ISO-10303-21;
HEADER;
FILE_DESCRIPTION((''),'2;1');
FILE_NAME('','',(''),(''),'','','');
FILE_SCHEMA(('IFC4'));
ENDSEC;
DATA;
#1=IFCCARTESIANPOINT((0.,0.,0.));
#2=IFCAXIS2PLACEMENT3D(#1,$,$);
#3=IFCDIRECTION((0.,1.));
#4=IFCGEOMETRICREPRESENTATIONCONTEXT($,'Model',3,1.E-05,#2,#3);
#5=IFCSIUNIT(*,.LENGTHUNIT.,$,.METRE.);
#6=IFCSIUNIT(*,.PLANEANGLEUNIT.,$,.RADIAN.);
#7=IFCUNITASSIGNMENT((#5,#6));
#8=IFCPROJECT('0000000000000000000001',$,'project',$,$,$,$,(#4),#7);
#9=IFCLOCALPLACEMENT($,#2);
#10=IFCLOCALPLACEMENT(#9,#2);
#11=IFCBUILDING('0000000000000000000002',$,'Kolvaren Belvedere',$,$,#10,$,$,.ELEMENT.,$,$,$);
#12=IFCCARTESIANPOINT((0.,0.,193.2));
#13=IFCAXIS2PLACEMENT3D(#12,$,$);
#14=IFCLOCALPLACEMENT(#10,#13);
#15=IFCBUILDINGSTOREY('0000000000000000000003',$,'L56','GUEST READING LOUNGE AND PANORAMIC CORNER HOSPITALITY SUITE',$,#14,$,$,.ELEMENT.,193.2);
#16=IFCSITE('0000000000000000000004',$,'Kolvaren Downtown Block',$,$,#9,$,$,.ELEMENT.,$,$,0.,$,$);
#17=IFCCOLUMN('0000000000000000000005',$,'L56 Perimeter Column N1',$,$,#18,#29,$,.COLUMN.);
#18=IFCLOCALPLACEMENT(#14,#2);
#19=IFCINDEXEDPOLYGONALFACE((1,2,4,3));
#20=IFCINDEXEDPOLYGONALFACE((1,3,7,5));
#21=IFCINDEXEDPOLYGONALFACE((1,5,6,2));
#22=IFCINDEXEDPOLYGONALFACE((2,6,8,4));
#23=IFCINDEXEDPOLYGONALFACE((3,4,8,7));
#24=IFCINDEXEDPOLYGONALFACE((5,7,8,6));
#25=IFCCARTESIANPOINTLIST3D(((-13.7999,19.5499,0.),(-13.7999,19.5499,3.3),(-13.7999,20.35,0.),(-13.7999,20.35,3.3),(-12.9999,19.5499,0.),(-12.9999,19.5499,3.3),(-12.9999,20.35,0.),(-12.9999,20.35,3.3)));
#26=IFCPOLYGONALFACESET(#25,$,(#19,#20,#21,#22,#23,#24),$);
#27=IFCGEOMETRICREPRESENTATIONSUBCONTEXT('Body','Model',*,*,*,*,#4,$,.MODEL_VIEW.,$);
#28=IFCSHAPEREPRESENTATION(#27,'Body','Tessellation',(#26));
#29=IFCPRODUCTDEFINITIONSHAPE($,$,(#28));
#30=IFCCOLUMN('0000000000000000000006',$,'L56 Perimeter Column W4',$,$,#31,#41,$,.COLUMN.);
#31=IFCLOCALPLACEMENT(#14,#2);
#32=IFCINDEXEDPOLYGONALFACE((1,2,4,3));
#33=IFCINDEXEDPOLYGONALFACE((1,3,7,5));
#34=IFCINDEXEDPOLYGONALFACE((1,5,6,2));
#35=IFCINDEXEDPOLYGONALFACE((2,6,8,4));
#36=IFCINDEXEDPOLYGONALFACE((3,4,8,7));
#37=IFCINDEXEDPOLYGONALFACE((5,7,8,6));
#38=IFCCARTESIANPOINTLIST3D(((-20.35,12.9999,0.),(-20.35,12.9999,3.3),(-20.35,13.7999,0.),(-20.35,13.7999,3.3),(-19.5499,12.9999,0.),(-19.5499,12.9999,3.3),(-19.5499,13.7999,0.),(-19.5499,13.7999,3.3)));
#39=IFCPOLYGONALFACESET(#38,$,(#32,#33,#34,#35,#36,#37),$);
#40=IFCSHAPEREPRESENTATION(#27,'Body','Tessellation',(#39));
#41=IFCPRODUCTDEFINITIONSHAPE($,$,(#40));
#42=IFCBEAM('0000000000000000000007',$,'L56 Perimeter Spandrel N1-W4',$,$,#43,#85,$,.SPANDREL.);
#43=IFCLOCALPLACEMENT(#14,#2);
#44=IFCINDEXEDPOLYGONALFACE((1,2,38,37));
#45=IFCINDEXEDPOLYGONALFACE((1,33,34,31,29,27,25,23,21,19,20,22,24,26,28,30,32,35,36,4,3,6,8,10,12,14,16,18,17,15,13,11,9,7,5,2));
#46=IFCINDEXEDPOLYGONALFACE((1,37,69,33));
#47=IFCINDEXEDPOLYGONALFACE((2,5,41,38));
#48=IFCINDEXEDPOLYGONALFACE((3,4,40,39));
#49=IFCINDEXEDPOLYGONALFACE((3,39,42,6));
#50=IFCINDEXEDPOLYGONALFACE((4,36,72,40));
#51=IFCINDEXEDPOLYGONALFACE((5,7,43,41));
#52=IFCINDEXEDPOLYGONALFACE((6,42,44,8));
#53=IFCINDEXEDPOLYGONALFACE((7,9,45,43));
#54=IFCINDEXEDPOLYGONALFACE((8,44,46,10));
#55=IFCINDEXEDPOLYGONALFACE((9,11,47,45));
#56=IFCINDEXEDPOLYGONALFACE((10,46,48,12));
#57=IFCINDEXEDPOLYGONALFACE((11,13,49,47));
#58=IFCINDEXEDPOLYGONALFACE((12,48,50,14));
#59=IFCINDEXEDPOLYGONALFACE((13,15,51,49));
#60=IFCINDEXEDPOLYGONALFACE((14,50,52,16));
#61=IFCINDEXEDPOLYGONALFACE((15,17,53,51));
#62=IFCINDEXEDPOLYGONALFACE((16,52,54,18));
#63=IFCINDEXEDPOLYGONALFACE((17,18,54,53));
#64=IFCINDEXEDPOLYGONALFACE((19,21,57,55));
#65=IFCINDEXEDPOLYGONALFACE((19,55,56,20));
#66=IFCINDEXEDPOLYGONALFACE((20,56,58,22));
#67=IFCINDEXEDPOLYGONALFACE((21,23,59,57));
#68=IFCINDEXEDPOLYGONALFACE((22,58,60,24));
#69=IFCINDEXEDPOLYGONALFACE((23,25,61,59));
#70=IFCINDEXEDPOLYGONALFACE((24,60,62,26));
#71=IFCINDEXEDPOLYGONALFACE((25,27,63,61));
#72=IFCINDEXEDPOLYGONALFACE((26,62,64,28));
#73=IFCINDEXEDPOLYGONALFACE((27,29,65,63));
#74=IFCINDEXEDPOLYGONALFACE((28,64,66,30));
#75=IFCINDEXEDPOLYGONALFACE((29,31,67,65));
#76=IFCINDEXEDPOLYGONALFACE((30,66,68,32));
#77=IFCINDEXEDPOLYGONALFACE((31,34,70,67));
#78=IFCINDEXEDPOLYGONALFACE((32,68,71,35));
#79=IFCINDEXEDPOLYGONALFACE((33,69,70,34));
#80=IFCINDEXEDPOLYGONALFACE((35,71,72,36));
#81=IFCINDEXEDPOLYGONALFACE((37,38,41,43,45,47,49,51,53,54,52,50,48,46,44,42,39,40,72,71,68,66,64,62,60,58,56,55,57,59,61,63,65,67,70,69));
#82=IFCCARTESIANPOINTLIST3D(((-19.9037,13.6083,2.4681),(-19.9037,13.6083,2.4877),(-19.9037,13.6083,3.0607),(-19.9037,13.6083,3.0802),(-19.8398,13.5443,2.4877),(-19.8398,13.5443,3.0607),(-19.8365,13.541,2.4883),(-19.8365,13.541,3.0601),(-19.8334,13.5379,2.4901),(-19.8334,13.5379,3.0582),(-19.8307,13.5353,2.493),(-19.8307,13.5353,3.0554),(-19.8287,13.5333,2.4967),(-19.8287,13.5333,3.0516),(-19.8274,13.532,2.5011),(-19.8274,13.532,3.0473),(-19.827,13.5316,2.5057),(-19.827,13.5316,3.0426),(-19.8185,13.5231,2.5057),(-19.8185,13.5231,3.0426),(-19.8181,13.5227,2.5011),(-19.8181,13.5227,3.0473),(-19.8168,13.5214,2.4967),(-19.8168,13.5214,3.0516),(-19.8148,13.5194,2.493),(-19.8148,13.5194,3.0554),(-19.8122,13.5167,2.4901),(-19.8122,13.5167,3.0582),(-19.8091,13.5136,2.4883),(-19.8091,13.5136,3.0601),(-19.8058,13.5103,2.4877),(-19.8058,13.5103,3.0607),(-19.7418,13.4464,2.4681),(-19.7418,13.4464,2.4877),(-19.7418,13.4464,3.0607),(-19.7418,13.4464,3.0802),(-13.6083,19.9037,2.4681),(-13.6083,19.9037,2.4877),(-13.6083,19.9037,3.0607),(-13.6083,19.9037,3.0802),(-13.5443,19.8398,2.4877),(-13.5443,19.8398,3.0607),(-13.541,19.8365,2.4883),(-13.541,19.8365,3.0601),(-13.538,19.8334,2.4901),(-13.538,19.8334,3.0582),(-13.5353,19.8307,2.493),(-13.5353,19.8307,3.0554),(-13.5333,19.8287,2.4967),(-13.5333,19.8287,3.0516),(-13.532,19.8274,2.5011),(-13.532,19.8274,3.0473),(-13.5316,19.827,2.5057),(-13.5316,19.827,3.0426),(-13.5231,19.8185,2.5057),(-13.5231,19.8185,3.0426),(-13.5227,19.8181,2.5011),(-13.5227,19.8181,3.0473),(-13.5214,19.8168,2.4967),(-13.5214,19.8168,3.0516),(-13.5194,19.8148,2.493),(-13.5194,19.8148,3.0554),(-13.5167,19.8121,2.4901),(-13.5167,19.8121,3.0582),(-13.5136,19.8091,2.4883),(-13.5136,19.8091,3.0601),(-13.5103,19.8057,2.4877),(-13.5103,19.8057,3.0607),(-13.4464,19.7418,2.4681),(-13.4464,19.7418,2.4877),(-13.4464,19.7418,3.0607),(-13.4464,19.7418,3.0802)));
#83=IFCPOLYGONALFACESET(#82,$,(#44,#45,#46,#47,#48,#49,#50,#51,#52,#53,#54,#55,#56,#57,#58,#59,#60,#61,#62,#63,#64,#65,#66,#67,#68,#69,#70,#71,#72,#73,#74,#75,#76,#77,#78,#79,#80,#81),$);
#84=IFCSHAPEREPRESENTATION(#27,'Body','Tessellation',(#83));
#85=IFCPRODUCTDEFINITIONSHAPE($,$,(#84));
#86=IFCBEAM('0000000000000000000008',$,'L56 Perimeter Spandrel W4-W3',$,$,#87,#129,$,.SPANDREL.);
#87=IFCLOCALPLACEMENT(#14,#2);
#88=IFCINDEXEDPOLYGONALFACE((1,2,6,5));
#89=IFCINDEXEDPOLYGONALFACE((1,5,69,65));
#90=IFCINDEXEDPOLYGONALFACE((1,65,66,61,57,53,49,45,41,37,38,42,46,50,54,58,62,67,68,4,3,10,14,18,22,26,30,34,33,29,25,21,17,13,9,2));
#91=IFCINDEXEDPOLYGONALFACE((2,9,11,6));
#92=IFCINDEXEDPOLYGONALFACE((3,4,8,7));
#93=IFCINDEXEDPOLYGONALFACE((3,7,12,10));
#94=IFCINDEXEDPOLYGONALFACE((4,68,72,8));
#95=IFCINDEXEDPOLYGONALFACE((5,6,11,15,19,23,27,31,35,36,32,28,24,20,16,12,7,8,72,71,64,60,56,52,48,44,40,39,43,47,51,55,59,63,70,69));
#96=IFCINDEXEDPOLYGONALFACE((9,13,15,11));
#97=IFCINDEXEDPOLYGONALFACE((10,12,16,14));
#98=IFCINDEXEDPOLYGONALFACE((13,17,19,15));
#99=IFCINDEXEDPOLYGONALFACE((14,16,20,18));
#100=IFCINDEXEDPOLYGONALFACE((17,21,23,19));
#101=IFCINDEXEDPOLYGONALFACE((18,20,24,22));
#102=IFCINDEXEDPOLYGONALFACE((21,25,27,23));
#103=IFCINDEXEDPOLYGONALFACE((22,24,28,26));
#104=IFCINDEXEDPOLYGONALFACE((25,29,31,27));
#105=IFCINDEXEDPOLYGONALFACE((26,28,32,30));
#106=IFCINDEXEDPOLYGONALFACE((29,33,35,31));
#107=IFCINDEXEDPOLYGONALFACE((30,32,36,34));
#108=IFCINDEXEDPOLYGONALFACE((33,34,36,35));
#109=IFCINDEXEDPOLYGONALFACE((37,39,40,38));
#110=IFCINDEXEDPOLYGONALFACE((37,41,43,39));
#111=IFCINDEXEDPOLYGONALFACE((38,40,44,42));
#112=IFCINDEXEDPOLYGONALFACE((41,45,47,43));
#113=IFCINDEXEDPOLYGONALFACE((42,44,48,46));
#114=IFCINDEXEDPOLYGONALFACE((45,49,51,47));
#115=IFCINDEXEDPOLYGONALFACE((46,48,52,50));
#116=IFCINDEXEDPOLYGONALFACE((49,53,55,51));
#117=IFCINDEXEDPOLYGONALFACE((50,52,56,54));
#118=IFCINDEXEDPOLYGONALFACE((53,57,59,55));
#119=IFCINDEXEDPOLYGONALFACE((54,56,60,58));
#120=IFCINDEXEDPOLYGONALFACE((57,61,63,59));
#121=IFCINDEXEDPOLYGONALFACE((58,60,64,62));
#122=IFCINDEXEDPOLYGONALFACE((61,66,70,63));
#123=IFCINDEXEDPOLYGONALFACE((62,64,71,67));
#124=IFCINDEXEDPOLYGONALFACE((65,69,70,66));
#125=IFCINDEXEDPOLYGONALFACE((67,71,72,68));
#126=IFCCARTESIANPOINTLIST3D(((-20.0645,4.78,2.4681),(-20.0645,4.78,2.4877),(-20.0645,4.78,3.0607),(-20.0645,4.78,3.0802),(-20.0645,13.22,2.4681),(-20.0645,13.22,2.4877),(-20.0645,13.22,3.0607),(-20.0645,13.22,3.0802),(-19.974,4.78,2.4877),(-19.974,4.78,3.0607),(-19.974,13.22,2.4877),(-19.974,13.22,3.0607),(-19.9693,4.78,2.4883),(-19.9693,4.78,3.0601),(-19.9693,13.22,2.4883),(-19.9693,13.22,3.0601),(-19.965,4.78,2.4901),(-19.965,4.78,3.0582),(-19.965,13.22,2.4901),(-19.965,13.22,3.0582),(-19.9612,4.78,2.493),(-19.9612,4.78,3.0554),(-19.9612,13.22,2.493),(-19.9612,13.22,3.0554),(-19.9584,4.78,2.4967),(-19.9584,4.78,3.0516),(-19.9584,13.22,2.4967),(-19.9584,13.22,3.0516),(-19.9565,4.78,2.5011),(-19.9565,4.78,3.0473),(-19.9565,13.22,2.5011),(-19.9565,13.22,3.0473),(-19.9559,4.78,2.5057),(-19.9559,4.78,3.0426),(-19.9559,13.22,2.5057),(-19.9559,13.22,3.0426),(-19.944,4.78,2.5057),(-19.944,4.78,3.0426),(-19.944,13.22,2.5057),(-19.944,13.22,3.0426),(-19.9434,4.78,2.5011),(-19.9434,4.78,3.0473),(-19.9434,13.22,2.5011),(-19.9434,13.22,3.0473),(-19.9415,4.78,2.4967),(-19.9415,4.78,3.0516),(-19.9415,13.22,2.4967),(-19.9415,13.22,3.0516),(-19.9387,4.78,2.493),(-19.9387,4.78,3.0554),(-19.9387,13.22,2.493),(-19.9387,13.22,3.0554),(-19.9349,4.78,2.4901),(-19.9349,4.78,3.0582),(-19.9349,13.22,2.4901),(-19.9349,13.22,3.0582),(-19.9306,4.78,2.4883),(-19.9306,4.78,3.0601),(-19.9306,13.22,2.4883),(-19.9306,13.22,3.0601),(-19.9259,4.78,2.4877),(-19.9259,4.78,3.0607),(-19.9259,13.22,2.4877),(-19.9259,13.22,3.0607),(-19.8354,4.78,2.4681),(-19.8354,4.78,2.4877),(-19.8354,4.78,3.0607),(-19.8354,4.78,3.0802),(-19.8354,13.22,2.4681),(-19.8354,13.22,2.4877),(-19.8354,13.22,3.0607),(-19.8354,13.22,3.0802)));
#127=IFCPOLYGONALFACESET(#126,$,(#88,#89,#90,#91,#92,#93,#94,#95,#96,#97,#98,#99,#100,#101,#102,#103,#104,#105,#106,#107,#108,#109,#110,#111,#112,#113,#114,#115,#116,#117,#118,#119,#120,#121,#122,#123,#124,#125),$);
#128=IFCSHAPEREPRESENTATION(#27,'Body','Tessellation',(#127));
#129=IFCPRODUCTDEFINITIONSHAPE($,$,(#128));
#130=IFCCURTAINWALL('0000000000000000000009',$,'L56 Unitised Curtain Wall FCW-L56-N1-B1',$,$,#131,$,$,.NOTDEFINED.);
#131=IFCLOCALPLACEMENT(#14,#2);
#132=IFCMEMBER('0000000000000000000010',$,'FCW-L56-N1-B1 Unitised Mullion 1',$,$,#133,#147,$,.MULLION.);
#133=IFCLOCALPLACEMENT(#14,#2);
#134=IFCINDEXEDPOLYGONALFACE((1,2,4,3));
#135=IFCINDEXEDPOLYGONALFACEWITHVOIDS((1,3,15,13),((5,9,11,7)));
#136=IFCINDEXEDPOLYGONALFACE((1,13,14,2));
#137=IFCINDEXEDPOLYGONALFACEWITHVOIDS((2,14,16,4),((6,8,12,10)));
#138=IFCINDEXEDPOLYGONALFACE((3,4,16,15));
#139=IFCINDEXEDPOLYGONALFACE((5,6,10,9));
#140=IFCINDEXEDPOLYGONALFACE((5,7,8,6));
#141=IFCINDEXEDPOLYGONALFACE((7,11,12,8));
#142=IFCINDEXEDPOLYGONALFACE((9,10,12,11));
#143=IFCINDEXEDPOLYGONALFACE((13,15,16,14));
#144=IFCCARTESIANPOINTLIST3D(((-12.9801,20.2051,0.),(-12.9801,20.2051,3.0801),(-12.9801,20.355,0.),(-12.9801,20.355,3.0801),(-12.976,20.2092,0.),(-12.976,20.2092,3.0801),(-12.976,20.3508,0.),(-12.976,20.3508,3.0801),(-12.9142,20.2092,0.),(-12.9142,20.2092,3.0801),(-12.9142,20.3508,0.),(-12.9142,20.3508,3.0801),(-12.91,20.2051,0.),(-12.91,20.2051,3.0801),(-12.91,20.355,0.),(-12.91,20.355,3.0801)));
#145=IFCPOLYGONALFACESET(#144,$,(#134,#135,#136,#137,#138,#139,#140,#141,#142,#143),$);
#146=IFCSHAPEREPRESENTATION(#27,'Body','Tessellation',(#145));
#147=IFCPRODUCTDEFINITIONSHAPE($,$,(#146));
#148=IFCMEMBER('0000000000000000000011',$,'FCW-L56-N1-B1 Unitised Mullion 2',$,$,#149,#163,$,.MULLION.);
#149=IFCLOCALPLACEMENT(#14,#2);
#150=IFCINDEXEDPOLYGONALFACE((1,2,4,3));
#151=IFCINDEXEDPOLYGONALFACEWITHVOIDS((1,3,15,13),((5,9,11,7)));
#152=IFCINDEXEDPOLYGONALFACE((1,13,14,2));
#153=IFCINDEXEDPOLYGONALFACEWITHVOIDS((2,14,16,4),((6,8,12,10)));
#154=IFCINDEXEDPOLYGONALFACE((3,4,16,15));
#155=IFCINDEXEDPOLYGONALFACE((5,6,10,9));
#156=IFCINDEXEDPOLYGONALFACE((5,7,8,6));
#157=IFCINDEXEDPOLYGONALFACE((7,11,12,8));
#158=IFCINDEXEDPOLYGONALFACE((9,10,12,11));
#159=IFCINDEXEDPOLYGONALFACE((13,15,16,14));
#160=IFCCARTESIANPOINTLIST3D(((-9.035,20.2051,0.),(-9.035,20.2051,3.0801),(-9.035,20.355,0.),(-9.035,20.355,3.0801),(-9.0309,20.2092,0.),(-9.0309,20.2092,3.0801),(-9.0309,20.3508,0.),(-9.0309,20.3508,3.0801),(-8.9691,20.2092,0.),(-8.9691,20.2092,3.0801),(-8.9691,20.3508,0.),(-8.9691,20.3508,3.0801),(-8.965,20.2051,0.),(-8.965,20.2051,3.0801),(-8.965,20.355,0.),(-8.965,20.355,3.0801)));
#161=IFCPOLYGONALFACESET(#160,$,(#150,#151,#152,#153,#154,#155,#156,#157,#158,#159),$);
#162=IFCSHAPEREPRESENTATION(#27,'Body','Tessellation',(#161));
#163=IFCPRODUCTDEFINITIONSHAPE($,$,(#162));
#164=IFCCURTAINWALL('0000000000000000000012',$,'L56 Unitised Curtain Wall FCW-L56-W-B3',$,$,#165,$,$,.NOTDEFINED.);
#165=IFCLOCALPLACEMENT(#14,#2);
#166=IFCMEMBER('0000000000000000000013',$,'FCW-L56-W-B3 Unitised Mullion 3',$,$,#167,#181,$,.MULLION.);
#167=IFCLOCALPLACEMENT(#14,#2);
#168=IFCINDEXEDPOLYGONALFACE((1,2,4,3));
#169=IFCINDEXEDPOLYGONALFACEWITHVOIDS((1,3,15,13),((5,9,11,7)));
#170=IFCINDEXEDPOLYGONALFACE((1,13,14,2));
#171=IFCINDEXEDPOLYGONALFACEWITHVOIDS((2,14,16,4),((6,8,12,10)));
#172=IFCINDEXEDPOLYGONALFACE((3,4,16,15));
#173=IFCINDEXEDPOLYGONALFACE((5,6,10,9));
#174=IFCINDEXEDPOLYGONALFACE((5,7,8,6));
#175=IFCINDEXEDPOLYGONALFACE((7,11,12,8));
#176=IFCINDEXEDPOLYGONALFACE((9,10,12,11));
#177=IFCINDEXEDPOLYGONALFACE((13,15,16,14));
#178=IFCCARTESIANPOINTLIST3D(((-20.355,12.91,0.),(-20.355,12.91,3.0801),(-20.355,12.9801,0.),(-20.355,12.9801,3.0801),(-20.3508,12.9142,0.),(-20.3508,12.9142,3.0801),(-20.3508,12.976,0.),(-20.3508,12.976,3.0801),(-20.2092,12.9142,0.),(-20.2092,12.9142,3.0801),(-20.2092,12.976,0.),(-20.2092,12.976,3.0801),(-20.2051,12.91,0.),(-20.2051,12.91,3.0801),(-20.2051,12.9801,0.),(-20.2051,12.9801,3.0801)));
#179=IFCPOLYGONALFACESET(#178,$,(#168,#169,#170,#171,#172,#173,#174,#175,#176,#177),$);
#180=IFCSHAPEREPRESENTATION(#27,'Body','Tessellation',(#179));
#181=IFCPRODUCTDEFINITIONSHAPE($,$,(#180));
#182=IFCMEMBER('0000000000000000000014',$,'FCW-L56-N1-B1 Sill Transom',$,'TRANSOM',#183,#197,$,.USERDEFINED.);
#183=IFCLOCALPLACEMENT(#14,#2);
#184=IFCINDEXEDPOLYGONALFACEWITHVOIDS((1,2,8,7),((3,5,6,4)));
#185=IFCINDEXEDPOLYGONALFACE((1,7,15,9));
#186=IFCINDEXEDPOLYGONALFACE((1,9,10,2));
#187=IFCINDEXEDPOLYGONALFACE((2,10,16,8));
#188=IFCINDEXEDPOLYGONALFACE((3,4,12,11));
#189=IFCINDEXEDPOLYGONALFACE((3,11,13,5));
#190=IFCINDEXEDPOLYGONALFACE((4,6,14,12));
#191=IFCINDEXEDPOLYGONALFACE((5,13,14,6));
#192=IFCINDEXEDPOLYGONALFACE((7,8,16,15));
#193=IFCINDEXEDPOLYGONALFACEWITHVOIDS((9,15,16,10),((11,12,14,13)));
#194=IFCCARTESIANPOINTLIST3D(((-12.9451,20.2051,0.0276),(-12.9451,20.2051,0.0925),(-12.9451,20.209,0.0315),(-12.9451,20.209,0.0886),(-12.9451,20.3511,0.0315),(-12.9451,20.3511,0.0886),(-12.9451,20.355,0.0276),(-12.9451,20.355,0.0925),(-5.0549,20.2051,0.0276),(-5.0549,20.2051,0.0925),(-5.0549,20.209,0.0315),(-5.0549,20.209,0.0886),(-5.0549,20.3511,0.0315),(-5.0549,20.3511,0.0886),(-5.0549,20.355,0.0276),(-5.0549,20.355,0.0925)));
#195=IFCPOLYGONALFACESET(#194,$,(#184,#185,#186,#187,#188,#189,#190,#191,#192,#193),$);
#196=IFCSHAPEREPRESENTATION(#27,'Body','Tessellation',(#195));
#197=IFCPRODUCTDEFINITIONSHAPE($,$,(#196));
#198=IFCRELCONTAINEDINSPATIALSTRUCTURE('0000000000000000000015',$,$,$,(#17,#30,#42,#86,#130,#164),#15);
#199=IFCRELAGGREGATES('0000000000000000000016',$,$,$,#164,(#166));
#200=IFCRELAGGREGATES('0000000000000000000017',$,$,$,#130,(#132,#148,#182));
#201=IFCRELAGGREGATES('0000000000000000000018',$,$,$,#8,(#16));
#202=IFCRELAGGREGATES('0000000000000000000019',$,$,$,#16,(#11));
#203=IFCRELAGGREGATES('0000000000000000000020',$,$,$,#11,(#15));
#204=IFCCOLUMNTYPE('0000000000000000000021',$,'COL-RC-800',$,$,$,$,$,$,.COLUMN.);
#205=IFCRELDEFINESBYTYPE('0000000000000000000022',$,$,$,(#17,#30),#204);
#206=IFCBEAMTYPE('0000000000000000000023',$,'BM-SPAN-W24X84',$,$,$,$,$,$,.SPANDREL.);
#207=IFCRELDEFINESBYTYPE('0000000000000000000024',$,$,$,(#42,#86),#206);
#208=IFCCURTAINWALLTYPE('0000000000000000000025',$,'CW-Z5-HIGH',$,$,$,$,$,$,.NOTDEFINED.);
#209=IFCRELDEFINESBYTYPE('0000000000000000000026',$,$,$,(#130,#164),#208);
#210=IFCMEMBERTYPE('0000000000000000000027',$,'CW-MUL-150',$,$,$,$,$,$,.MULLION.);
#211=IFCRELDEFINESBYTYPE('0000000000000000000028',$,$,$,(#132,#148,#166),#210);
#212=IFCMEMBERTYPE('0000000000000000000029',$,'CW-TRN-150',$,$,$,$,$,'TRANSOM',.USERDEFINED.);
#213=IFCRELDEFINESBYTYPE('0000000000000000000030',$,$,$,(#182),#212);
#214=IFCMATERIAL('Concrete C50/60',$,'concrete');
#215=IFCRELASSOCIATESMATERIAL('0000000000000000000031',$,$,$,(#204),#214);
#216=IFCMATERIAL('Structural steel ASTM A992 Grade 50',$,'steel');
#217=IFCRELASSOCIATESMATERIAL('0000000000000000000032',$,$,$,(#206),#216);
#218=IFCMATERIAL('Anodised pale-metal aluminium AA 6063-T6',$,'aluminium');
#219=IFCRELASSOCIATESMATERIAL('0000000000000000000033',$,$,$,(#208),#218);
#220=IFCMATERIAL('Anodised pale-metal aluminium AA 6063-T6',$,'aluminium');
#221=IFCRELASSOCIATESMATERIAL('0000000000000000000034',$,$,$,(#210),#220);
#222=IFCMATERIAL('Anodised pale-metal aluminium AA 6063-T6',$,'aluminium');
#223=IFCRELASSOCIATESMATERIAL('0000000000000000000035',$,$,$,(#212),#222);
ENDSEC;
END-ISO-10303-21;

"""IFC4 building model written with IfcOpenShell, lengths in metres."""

from ifc_helpers import new_model, si_unit, direction, frame, origin, origin_2d, place, context, subcontext, project, spatial, rectangle, hollow_rectangle, i_section, extrude, material, material_profile, profile_set, type_object, element, aggregate, save


model = new_model("IFC4")

# Units and contexts
model_context = context("Model", 3, precision=1e-05, world=origin(), true_north=direction((0.0, 1.0)))
body_context = subcontext(model_context, "Body", "Model", "MODEL_VIEW")
ifc_project = project(units=[si_unit("LENGTHUNIT", "METRE"), si_unit("PLANEANGLEUNIT", "RADIAN")], contexts=[model_context])

# Site, building, storey
site_placement = place(None, origin())
site = spatial("IfcSite", under=ifc_project, at=site_placement, Name="Kolvaren Downtown Block", CompositionType="ELEMENT", RefElevation=0.0)
building_placement = place(site_placement, origin())
building = spatial("IfcBuilding", under=site, at=building_placement, Name="Kolvaren Belvedere", CompositionType="ELEMENT")
storey_placement = place(building_placement, frame((0.0, 0.0, 193.2)))
storey = spatial("IfcBuildingStorey", under=building, at=storey_placement, Name="L56", Description="GUEST READING LOUNGE AND PANORAMIC CORNER HOSPITALITY SUITE", CompositionType="ELEMENT", Elevation=193.2)

# Columns
ifc_material_1 = material(Name="Concrete C50/60", Category="concrete")
ifc_material_profile_1 = material_profile(ifc_material_1, rectangle(XDim=0.8, YDim=0.8, at=origin_2d()), Name="RC 800X800")
ifc_profile_set_1 = profile_set([ifc_material_profile_1], Name="Concrete C50/60")
column_type = type_object("IfcColumnType", Name="COL-RC-800", PredefinedType="COLUMN", material=ifc_profile_set_1)
for number, where, z_axis, x_axis, name in (
    (1, (-13.3999, 19.95, 0.0), (0.0, 0.0, 1.0), (1.0, 0.0, 0.0), "L56 Perimeter Column N1"),
    (2, (-19.95, 13.3999, 0.0), (0.0, 0.0, 1.0), (1.0, 0.0, 0.0), "L56 Perimeter Column W4"),
):
    element("IfcColumn", number, at=place(storey_placement, frame(where, z_axis=z_axis, x_axis=x_axis)), inside=storey, type_object=column_type, Name=name, PredefinedType="COLUMN", context=body_context, shape_type="SweptSolid", body=[
        extrude(rectangle(XDim=0.8, YDim=0.8, at=origin_2d()), origin(), (0.0, 0.0, 1.0), 3.3),
    ])

# Beams
ifc_material_2 = material(Name="Structural steel ASTM A992 Grade 50", Category="steel")
ifc_material_profile_2 = material_profile(ifc_material_2, i_section(OverallWidth=0.229, OverallDepth=0.6121, WebThickness=0.012, FlangeThickness=0.0195, FilletRadius=0.0181, at=origin_2d()), Name="W24X84")
ifc_profile_set_2 = profile_set([ifc_material_profile_2], Name="Structural steel ASTM A992 Grade 50")
beam_type = type_object("IfcBeamType", Name="BM-SPAN-W24X84", PredefinedType="SPANDREL", material=ifc_profile_set_2)
beam_1_placement = place(storey_placement, frame((-13.5273, 19.8228, 2.7742), z_axis=(-0.707107, -0.707107, 0.0), x_axis=(0.707107, -0.707107, 0.0)))
element("IfcBeam", 3, at=beam_1_placement, inside=storey, type_object=beam_type, Name="L56 Perimeter Spandrel N1-W4", PredefinedType="SPANDREL", context=body_context, shape_type="SweptSolid", body=[
    extrude(i_section(OverallWidth=0.229, OverallDepth=0.6121, WebThickness=0.012, FlangeThickness=0.0195, FilletRadius=0.0181, at=origin_2d()), origin(), (0.0, 0.0, 1.0), 8.9031),
])
beam_2_placement = place(storey_placement, frame((-19.95, 13.22, 2.7742), z_axis=(0.0, -1.0, 0.0), x_axis=(1.0, 0.0, 0.0)))
element("IfcBeam", 4, at=beam_2_placement, inside=storey, type_object=beam_type, Name="L56 Perimeter Spandrel W4-W3", PredefinedType="SPANDREL", context=body_context, shape_type="SweptSolid", body=[
    extrude(i_section(OverallWidth=0.229, OverallDepth=0.6121, WebThickness=0.012, FlangeThickness=0.0195, FilletRadius=0.0181, at=origin_2d()), origin(), (0.0, 0.0, 1.0), 8.4399),
])

# Curtain wall, members
ifc_material_3 = material(Name="Anodised pale-metal aluminium AA 6063-T6", Category="aluminium")
curtain_wall_type = type_object("IfcCurtainWallType", Name="CW-Z5-HIGH", PredefinedType="NOTDEFINED", material=ifc_material_3)
curtain_wall_1_placement = place(storey_placement, origin())
curtain_wall_1 = element("IfcCurtainWall", 5, at=curtain_wall_1_placement, inside=storey, type_object=curtain_wall_type, Name="L56 Unitised Curtain Wall FCW-L56-N1-B1", PredefinedType="NOTDEFINED")
ifc_material_4 = material(Name="Anodised pale-metal aluminium AA 6063-T6", Category="aluminium")
ifc_material_profile_3 = material_profile(ifc_material_4, hollow_rectangle(XDim=0.0701, YDim=0.1499, WallThickness=0.0042, at=origin_2d()), Name="ALU-MUL-150X70")
ifc_profile_set_3 = profile_set([ifc_material_profile_3], Name="Anodised pale-metal aluminium AA 6063-T6")
member_type_1 = type_object("IfcMemberType", Name="CW-MUL-150", PredefinedType="MULLION", material=ifc_profile_set_3)
member_1_placement = place(storey_placement, frame((-12.9451, 20.28, 0.0), z_axis=(0.0, 0.0, 1.0), x_axis=(1.0, 0.0, 0.0)))
member_1 = element("IfcMember", 6, at=member_1_placement, type_object=member_type_1, Name="FCW-L56-N1-B1 Unitised Mullion 1", PredefinedType="MULLION", context=body_context, shape_type="SweptSolid", body=[
    extrude(hollow_rectangle(XDim=0.0701, YDim=0.1499, WallThickness=0.0042, at=origin_2d()), origin(), (0.0, 0.0, 1.0), 3.0801),
])
member_2_placement = place(storey_placement, frame((-9.0, 20.28, 0.0), z_axis=(0.0, 0.0, 1.0), x_axis=(1.0, 0.0, 0.0)))
member_2 = element("IfcMember", 7, at=member_2_placement, type_object=member_type_1, Name="FCW-L56-N1-B1 Unitised Mullion 2", PredefinedType="MULLION", context=body_context, shape_type="SweptSolid", body=[
    extrude(hollow_rectangle(XDim=0.0701, YDim=0.1499, WallThickness=0.0042, at=origin_2d()), origin(), (0.0, 0.0, 1.0), 3.0801),
])

# Curtain wall, member
curtain_wall_2_placement = place(storey_placement, origin())
curtain_wall_2 = element("IfcCurtainWall", 8, at=curtain_wall_2_placement, inside=storey, type_object=curtain_wall_type, Name="L56 Unitised Curtain Wall FCW-L56-W-B3", PredefinedType="NOTDEFINED")
member_3_placement = place(storey_placement, frame((-20.28, 12.9451, 0.0), z_axis=(0.0, 0.0, 1.0), x_axis=(0.0, 1.0, 0.0)))
member_3 = element("IfcMember", 9, at=member_3_placement, type_object=member_type_1, Name="FCW-L56-W-B3 Unitised Mullion 3", PredefinedType="MULLION", context=body_context, shape_type="SweptSolid", body=[
    extrude(hollow_rectangle(XDim=0.0701, YDim=0.1499, WallThickness=0.0042, at=origin_2d()), origin(), (0.0, 0.0, 1.0), 3.0801),
])
aggregate(curtain_wall_2, [member_3])

# Member
ifc_material_5 = material(Name="Anodised pale-metal aluminium AA 6063-T6", Category="aluminium")
ifc_material_profile_4 = material_profile(ifc_material_5, hollow_rectangle(XDim=0.0649, YDim=0.1499, WallThickness=0.0039, at=origin_2d()), Name="ALU-TRN-150X65")
ifc_profile_set_4 = profile_set([ifc_material_profile_4], Name="Anodised pale-metal aluminium AA 6063-T6")
member_type_2 = type_object("IfcMemberType", Name="CW-TRN-150", ElementType="TRANSOM", PredefinedType="USERDEFINED", material=ifc_profile_set_4)
member_4_placement = place(storey_placement, frame((-12.9451, 20.28, 0.0601), z_axis=(1.0, 0.0, 0.0), x_axis=(0.0, 0.0, 1.0)))
member_4 = element("IfcMember", 10, at=member_4_placement, type_object=member_type_2, Name="FCW-L56-N1-B1 Sill Transom", ObjectType="TRANSOM", PredefinedType="USERDEFINED", context=body_context, shape_type="SweptSolid", body=[
    extrude(hollow_rectangle(XDim=0.0649, YDim=0.1499, WallThickness=0.0039, at=origin_2d()), origin(), (0.0, 0.0, 1.0), 7.8901),
])

aggregate(curtain_wall_1, [member_1, member_2, member_4])

save(model, "model.ifc")
